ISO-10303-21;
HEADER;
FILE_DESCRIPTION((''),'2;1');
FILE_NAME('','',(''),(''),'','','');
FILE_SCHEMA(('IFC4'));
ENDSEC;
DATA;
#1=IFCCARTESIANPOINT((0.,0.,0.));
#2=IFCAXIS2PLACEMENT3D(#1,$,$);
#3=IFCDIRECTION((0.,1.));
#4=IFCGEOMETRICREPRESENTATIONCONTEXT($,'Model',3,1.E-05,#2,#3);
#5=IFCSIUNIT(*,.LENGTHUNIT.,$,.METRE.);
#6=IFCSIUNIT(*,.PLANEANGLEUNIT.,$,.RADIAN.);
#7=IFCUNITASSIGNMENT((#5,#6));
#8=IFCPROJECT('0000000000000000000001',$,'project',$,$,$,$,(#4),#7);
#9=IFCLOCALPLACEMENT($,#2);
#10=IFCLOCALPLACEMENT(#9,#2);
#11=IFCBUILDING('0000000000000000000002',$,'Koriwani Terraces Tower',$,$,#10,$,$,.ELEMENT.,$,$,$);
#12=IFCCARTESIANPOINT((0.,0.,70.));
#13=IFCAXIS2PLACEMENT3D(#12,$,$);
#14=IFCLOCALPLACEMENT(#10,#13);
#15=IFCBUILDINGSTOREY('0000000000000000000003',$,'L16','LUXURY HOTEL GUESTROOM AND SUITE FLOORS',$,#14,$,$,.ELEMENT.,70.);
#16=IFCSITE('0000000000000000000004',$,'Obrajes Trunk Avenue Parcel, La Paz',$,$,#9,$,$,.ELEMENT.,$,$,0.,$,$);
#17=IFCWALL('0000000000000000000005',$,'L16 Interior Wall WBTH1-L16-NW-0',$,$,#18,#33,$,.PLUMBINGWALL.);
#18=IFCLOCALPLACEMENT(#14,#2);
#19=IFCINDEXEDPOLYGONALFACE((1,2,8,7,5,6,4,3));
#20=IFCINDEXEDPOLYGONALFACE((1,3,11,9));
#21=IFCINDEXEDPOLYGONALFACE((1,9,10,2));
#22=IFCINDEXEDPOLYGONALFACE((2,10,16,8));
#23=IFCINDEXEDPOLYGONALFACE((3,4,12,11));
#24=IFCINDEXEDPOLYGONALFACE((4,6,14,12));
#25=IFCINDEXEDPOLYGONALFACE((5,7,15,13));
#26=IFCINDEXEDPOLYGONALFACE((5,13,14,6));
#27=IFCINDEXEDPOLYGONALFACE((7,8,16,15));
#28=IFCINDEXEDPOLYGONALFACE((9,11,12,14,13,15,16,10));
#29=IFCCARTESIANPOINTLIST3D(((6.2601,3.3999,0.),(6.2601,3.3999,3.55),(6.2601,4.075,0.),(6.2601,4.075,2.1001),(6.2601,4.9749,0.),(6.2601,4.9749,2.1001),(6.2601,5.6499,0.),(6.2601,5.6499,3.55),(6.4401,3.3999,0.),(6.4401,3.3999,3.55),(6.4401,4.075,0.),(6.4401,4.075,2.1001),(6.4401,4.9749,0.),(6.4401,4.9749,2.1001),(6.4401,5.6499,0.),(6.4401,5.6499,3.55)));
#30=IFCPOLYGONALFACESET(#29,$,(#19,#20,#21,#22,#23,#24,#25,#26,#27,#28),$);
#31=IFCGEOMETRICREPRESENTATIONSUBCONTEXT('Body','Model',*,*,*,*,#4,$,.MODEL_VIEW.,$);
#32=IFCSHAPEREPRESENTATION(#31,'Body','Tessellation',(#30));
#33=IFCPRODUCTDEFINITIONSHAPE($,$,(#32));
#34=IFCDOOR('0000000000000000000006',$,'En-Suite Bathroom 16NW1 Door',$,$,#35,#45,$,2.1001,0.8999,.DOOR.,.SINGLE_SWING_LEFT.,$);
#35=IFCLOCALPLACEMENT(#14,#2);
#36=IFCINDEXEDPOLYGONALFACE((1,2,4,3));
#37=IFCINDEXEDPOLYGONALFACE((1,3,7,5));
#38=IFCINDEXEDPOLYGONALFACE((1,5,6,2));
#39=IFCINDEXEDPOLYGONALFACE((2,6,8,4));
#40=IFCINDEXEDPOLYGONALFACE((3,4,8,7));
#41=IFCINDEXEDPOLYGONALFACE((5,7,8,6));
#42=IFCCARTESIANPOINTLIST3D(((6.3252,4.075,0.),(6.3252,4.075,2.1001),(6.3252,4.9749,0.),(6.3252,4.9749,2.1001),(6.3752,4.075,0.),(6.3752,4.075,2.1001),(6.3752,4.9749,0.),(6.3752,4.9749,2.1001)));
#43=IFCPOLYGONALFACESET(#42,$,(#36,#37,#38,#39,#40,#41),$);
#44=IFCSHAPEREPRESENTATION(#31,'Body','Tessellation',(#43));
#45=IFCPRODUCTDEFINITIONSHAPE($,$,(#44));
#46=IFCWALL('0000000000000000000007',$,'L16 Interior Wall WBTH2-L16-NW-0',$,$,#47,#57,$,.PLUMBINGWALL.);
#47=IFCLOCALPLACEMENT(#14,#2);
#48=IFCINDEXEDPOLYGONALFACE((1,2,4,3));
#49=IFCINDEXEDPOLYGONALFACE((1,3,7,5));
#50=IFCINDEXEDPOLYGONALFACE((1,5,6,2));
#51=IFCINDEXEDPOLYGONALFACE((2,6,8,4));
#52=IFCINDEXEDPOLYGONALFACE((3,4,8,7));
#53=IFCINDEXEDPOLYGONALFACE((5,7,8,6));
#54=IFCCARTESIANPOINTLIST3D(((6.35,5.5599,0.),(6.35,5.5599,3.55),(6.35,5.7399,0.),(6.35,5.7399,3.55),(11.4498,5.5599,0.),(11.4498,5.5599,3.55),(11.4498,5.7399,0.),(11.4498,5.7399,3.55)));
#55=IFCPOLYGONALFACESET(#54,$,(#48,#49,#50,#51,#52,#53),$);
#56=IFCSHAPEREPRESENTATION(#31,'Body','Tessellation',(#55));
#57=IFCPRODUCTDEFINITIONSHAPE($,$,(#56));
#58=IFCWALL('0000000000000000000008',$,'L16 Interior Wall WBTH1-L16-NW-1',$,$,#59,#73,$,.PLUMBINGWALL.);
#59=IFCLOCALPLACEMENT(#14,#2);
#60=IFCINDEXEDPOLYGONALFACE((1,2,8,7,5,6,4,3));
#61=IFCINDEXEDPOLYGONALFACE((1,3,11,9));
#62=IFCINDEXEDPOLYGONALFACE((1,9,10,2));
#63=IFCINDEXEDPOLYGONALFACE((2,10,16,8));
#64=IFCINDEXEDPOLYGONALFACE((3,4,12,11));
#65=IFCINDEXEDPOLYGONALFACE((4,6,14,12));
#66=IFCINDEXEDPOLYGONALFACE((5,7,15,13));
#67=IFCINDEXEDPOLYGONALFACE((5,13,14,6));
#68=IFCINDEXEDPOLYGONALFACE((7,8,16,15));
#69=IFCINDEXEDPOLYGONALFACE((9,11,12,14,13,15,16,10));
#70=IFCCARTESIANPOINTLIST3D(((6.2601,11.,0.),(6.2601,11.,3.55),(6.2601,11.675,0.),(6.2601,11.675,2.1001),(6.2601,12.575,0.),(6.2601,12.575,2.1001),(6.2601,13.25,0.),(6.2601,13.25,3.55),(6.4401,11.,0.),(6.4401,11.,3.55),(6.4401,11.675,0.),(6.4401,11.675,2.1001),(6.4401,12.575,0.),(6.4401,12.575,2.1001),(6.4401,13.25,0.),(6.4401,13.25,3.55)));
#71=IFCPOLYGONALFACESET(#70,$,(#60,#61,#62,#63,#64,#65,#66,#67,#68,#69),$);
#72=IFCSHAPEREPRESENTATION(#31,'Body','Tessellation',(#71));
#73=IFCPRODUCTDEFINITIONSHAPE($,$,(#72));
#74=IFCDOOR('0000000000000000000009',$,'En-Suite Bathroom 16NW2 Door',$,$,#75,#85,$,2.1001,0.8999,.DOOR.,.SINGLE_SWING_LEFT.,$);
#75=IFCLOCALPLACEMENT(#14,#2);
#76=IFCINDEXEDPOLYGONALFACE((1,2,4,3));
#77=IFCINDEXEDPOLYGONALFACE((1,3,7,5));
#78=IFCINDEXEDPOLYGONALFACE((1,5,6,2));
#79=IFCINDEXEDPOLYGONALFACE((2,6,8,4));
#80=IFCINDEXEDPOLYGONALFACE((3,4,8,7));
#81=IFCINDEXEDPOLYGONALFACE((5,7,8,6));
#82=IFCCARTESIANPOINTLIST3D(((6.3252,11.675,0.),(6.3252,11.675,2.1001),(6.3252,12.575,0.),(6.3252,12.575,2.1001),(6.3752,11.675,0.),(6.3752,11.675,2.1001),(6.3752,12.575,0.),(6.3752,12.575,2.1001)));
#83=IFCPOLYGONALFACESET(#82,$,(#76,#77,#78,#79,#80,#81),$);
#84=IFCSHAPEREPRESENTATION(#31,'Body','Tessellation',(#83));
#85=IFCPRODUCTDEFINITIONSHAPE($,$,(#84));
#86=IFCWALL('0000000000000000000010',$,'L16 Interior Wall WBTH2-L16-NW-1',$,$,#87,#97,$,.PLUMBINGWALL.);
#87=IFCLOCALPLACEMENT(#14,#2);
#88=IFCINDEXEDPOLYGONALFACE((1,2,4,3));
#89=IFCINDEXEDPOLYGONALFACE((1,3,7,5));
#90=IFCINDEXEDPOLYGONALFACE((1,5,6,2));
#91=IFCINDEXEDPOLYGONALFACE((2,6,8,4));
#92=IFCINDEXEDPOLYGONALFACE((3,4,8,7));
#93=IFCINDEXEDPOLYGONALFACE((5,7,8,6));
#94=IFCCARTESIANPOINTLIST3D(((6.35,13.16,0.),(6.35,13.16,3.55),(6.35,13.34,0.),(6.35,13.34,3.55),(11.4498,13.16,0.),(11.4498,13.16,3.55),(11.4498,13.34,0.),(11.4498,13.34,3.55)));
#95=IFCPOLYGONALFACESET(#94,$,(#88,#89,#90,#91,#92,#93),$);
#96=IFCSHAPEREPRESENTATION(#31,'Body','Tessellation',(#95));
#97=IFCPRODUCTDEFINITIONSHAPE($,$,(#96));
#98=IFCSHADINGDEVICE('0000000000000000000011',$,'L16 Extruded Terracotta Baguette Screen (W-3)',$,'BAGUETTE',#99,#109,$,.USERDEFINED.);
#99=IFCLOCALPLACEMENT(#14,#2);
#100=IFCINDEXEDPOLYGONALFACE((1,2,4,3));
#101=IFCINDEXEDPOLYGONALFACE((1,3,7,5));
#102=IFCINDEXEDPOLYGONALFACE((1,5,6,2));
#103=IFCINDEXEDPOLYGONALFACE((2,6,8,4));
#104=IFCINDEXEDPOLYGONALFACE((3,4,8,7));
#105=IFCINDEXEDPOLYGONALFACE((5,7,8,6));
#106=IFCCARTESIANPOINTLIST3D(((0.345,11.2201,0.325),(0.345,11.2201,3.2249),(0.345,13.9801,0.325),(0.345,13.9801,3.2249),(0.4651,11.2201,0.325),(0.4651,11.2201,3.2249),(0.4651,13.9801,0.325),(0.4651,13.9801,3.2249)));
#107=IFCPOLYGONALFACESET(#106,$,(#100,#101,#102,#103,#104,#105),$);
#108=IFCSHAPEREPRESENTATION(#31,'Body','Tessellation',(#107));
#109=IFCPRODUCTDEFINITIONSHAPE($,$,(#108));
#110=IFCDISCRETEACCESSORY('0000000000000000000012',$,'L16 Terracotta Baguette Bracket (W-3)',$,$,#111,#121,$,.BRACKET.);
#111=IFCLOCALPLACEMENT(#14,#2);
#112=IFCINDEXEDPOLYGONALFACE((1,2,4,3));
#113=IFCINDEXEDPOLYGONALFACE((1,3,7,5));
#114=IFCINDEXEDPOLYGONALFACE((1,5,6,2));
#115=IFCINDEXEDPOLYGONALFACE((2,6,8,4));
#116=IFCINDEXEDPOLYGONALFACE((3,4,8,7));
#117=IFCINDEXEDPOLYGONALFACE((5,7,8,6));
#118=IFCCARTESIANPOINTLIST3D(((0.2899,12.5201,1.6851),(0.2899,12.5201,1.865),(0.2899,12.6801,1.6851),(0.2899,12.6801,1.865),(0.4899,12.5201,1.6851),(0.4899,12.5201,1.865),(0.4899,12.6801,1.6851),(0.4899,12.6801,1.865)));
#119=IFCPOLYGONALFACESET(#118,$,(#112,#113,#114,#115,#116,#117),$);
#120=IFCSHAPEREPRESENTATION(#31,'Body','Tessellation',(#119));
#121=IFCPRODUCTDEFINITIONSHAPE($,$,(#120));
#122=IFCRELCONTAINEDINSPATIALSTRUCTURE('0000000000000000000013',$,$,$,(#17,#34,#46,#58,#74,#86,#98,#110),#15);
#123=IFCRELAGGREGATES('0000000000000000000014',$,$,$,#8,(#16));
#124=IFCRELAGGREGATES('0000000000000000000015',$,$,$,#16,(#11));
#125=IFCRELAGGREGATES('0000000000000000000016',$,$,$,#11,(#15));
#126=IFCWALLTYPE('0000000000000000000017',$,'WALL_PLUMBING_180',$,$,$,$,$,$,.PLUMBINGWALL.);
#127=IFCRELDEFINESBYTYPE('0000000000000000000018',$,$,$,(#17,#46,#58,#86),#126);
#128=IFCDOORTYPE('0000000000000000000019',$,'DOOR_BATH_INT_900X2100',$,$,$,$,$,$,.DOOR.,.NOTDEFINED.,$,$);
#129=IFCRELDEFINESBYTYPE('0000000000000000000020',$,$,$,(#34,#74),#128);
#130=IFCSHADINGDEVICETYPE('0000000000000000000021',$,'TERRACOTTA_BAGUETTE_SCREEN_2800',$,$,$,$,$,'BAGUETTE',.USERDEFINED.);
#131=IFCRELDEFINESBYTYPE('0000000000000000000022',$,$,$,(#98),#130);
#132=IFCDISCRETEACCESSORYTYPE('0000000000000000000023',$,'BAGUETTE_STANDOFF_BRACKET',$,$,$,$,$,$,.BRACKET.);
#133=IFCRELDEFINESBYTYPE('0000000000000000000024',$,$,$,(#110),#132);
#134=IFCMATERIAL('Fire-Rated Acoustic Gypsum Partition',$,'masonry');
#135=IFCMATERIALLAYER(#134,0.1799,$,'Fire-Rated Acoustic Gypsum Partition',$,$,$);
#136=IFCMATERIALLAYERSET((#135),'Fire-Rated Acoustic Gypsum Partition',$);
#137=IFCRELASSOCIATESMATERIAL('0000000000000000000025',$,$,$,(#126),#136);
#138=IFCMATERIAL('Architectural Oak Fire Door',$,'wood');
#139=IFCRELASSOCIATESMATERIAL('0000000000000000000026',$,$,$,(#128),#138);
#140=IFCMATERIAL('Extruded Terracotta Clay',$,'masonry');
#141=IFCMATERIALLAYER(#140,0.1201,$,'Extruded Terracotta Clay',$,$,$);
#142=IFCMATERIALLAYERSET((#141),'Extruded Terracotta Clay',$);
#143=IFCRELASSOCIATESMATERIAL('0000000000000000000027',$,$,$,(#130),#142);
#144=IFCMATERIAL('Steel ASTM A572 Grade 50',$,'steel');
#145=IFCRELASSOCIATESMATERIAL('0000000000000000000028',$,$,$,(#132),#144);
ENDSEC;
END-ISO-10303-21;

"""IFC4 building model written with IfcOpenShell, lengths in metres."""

from ifc_helpers import new_model, si_unit, direction, frame, frame_2d, origin, origin_2d, place, context, subcontext, project, spatial, rectangle, extrude, material, layer, layer_set, type_object, element, fill, save


model = new_model("IFC4")

# Units and contexts
model_context = context("Model", 3, precision=1e-05, world=origin(), true_north=direction((0.0, 1.0)))
body_context = subcontext(model_context, "Body", "Model", "MODEL_VIEW")
ifc_project = project(units=[si_unit("LENGTHUNIT", "METRE"), si_unit("PLANEANGLEUNIT", "RADIAN")], contexts=[model_context])

# Site, building, storey
site_placement = place(None, origin())
site = spatial("IfcSite", under=ifc_project, at=site_placement, Name="Obrajes Trunk Avenue Parcel, La Paz", CompositionType="ELEMENT", RefElevation=0.0)
building_placement = place(site_placement, origin())
building = spatial("IfcBuilding", under=site, at=building_placement, Name="Koriwani Terraces Tower", CompositionType="ELEMENT")
storey_placement = place(building_placement, frame((0.0, 0.0, 70.0)))
storey = spatial("IfcBuildingStorey", under=building, at=storey_placement, Name="L16", Description="LUXURY HOTEL GUESTROOM AND SUITE FLOORS", CompositionType="ELEMENT", Elevation=70.0)

# Shared definitions
ifc_material_1 = material(Name="Steel ASTM A572 Grade 50", Category="steel")

# Wall, opening, door
ifc_material_2 = material(Name="Fire-Rated Acoustic Gypsum Partition", Category="masonry")
ifc_layer_1 = layer(ifc_material_2, 0.1799, Name="Fire-Rated Acoustic Gypsum Partition")
ifc_layer_set_1 = layer_set([ifc_layer_1], Name="Fire-Rated Acoustic Gypsum Partition")
wall_type_1 = type_object("IfcWallType", Name="WALL_PLUMBING_180", PredefinedType="PLUMBINGWALL", material=ifc_layer_set_1)
wall_1_placement = place(storey_placement, frame((6.3501, 3.3999, 0.0), z_axis=(0.0, 0.0, 1.0), x_axis=(0.0, 1.0, 0.0)))
wall_1 = element("IfcWall", 1, at=wall_1_placement, inside=storey, type_object=wall_type_1, Name="L16 Interior Wall WBTH1-L16-NW-0", PredefinedType="PLUMBINGWALL", context=body_context, shape_type="SweptSolid", body=[
    extrude(rectangle(XDim=2.25, YDim=0.1799, at=frame_2d((1.125, 0.0))), origin(), (0.0, 0.0, 1.0), 3.55),
])
opening_1_placement = place(wall_1_placement, frame((0.675, 0.0, 0.0)))
opening_1 = element("IfcOpeningElement", 2, at=opening_1_placement, cuts=wall_1, PredefinedType="OPENING", context=body_context, shape_type="SweptSolid", body=[
    extrude(rectangle(XDim=0.8999, YDim=2.1001, at=frame_2d((0.45, 1.05))), frame((0.0, 0.1001, 0.0), z_axis=(0.0, -1.0, 0.0), x_axis=(1.0, 0.0, 0.0)), (0.0, 0.0, 1.0), 0.2),
])
ifc_material_3 = material(Name="Architectural Oak Fire Door", Category="wood")
door_type_1 = type_object("IfcDoorType", Name="DOOR_BATH_INT_900X2100", OperationType="NOTDEFINED", PredefinedType="DOOR", material=ifc_material_3)
door_1_placement = place(opening_1_placement, origin())
door_1 = element("IfcDoor", 3, at=door_1_placement, inside=storey, type_object=door_type_1, Name="En-Suite Bathroom 16NW1 Door", OperationType="SINGLE_SWING_LEFT", OverallHeight=2.1001, OverallWidth=0.8999, PredefinedType="DOOR", context=body_context, shape_type="SweptSolid", body=[
    extrude(rectangle(XDim=0.8999, YDim=2.1001, at=frame_2d((0.45, 1.05))), frame((0.0, 0.0249, 0.0), z_axis=(0.0, -1.0, 0.0), x_axis=(1.0, 0.0, 0.0)), (0.0, 0.0, 1.0), 0.05),
])
fill(opening_1, door_1)

# Wall
wall_2_placement = place(storey_placement, frame((6.3501, 5.6499, 0.0), z_axis=(0.0, 0.0, 1.0), x_axis=(1.0, 0.0, 0.0)))
element("IfcWall", 4, at=wall_2_placement, inside=storey, type_object=wall_type_1, Name="L16 Interior Wall WBTH2-L16-NW-0", PredefinedType="PLUMBINGWALL", context=body_context, shape_type="SweptSolid", body=[
    extrude(rectangle(XDim=5.0999, YDim=0.1799, at=frame_2d((2.5498, 0.0))), origin(), (0.0, 0.0, 1.0), 3.55),
])

# Wall, opening, door
wall_3_placement = place(storey_placement, frame((6.3501, 11.0, 0.0), z_axis=(0.0, 0.0, 1.0), x_axis=(0.0, 1.0, 0.0)))
wall_3 = element("IfcWall", 5, at=wall_3_placement, inside=storey, type_object=wall_type_1, Name="L16 Interior Wall WBTH1-L16-NW-1", PredefinedType="PLUMBINGWALL", context=body_context, shape_type="SweptSolid", body=[
    extrude(rectangle(XDim=2.25, YDim=0.1799, at=frame_2d((1.125, 0.0))), origin(), (0.0, 0.0, 1.0), 3.55),
])
opening_2_placement = place(wall_3_placement, frame((0.675, 0.0, 0.0)))
opening_2 = element("IfcOpeningElement", 6, at=opening_2_placement, cuts=wall_3, PredefinedType="OPENING", context=body_context, shape_type="SweptSolid", body=[
    extrude(rectangle(XDim=0.8999, YDim=2.1001, at=frame_2d((0.45, 1.05))), frame((0.0, 0.1001, 0.0), z_axis=(0.0, -1.0, 0.0), x_axis=(1.0, 0.0, 0.0)), (0.0, 0.0, 1.0), 0.2),
])
door_2_placement = place(opening_2_placement, origin())
door_2 = element("IfcDoor", 7, at=door_2_placement, inside=storey, type_object=door_type_1, Name="En-Suite Bathroom 16NW2 Door", OperationType="SINGLE_SWING_LEFT", OverallHeight=2.1001, OverallWidth=0.8999, PredefinedType="DOOR", context=body_context, shape_type="SweptSolid", body=[
    extrude(rectangle(XDim=0.8999, YDim=2.1001, at=frame_2d((0.45, 1.05))), frame((0.0, 0.0249, 0.0), z_axis=(0.0, -1.0, 0.0), x_axis=(1.0, 0.0, 0.0)), (0.0, 0.0, 1.0), 0.05),
])
fill(opening_2, door_2)

# Wall
wall_4_placement = place(storey_placement, frame((6.3501, 13.25, 0.0), z_axis=(0.0, 0.0, 1.0), x_axis=(1.0, 0.0, 0.0)))
element("IfcWall", 8, at=wall_4_placement, inside=storey, type_object=wall_type_1, Name="L16 Interior Wall WBTH2-L16-NW-1", PredefinedType="PLUMBINGWALL", context=body_context, shape_type="SweptSolid", body=[
    extrude(rectangle(XDim=5.0999, YDim=0.1799, at=frame_2d((2.5498, 0.0))), origin(), (0.0, 0.0, 1.0), 3.55),
])

# Shading device
ifc_material_4 = material(Name="Extruded Terracotta Clay", Category="masonry")
ifc_layer_2 = layer(ifc_material_4, 0.1201, Name="Extruded Terracotta Clay")
ifc_layer_set_2 = layer_set([ifc_layer_2], Name="Extruded Terracotta Clay")
shading_device_type = type_object("IfcShadingDeviceType", Name="TERRACOTTA_BAGUETTE_SCREEN_2800", ElementType="BAGUETTE", PredefinedType="USERDEFINED", material=ifc_layer_set_2)
shading_device_placement = place(storey_placement, frame((0.405, 12.6001, 0.325), z_axis=(0.0, 0.0, 1.0), x_axis=(0.0, 1.0, 0.0)))
element("IfcShadingDevice", 9, at=shading_device_placement, inside=storey, type_object=shading_device_type, Name="L16 Extruded Terracotta Baguette Screen (W-3)", ObjectType="BAGUETTE", PredefinedType="USERDEFINED", context=body_context, shape_type="SweptSolid", body=[
    extrude(rectangle(XDim=2.76, YDim=0.1201, at=origin_2d()), origin(), (0.0, 0.0, 1.0), 2.8999),
])

# Discrete accessory
discrete_accessory_type = type_object("IfcDiscreteAccessoryType", Name="BAGUETTE_STANDOFF_BRACKET", PredefinedType="BRACKET", material=ifc_material_1)
discrete_accessory_placement = place(storey_placement, frame((0.3899, 12.6001, 1.6851), z_axis=(0.0, 0.0, 1.0), x_axis=(0.0, 1.0, 0.0)))
element("IfcDiscreteAccessory", 10, at=discrete_accessory_placement, inside=storey, type_object=discrete_accessory_type, Name="L16 Terracotta Baguette Bracket (W-3)", PredefinedType="BRACKET", context=body_context, shape_type="SweptSolid", body=[
    extrude(rectangle(XDim=0.1599, YDim=0.2, at=origin_2d()), origin(), (0.0, 0.0, 1.0), 0.1799),
])

save(model, "model.ifc")
